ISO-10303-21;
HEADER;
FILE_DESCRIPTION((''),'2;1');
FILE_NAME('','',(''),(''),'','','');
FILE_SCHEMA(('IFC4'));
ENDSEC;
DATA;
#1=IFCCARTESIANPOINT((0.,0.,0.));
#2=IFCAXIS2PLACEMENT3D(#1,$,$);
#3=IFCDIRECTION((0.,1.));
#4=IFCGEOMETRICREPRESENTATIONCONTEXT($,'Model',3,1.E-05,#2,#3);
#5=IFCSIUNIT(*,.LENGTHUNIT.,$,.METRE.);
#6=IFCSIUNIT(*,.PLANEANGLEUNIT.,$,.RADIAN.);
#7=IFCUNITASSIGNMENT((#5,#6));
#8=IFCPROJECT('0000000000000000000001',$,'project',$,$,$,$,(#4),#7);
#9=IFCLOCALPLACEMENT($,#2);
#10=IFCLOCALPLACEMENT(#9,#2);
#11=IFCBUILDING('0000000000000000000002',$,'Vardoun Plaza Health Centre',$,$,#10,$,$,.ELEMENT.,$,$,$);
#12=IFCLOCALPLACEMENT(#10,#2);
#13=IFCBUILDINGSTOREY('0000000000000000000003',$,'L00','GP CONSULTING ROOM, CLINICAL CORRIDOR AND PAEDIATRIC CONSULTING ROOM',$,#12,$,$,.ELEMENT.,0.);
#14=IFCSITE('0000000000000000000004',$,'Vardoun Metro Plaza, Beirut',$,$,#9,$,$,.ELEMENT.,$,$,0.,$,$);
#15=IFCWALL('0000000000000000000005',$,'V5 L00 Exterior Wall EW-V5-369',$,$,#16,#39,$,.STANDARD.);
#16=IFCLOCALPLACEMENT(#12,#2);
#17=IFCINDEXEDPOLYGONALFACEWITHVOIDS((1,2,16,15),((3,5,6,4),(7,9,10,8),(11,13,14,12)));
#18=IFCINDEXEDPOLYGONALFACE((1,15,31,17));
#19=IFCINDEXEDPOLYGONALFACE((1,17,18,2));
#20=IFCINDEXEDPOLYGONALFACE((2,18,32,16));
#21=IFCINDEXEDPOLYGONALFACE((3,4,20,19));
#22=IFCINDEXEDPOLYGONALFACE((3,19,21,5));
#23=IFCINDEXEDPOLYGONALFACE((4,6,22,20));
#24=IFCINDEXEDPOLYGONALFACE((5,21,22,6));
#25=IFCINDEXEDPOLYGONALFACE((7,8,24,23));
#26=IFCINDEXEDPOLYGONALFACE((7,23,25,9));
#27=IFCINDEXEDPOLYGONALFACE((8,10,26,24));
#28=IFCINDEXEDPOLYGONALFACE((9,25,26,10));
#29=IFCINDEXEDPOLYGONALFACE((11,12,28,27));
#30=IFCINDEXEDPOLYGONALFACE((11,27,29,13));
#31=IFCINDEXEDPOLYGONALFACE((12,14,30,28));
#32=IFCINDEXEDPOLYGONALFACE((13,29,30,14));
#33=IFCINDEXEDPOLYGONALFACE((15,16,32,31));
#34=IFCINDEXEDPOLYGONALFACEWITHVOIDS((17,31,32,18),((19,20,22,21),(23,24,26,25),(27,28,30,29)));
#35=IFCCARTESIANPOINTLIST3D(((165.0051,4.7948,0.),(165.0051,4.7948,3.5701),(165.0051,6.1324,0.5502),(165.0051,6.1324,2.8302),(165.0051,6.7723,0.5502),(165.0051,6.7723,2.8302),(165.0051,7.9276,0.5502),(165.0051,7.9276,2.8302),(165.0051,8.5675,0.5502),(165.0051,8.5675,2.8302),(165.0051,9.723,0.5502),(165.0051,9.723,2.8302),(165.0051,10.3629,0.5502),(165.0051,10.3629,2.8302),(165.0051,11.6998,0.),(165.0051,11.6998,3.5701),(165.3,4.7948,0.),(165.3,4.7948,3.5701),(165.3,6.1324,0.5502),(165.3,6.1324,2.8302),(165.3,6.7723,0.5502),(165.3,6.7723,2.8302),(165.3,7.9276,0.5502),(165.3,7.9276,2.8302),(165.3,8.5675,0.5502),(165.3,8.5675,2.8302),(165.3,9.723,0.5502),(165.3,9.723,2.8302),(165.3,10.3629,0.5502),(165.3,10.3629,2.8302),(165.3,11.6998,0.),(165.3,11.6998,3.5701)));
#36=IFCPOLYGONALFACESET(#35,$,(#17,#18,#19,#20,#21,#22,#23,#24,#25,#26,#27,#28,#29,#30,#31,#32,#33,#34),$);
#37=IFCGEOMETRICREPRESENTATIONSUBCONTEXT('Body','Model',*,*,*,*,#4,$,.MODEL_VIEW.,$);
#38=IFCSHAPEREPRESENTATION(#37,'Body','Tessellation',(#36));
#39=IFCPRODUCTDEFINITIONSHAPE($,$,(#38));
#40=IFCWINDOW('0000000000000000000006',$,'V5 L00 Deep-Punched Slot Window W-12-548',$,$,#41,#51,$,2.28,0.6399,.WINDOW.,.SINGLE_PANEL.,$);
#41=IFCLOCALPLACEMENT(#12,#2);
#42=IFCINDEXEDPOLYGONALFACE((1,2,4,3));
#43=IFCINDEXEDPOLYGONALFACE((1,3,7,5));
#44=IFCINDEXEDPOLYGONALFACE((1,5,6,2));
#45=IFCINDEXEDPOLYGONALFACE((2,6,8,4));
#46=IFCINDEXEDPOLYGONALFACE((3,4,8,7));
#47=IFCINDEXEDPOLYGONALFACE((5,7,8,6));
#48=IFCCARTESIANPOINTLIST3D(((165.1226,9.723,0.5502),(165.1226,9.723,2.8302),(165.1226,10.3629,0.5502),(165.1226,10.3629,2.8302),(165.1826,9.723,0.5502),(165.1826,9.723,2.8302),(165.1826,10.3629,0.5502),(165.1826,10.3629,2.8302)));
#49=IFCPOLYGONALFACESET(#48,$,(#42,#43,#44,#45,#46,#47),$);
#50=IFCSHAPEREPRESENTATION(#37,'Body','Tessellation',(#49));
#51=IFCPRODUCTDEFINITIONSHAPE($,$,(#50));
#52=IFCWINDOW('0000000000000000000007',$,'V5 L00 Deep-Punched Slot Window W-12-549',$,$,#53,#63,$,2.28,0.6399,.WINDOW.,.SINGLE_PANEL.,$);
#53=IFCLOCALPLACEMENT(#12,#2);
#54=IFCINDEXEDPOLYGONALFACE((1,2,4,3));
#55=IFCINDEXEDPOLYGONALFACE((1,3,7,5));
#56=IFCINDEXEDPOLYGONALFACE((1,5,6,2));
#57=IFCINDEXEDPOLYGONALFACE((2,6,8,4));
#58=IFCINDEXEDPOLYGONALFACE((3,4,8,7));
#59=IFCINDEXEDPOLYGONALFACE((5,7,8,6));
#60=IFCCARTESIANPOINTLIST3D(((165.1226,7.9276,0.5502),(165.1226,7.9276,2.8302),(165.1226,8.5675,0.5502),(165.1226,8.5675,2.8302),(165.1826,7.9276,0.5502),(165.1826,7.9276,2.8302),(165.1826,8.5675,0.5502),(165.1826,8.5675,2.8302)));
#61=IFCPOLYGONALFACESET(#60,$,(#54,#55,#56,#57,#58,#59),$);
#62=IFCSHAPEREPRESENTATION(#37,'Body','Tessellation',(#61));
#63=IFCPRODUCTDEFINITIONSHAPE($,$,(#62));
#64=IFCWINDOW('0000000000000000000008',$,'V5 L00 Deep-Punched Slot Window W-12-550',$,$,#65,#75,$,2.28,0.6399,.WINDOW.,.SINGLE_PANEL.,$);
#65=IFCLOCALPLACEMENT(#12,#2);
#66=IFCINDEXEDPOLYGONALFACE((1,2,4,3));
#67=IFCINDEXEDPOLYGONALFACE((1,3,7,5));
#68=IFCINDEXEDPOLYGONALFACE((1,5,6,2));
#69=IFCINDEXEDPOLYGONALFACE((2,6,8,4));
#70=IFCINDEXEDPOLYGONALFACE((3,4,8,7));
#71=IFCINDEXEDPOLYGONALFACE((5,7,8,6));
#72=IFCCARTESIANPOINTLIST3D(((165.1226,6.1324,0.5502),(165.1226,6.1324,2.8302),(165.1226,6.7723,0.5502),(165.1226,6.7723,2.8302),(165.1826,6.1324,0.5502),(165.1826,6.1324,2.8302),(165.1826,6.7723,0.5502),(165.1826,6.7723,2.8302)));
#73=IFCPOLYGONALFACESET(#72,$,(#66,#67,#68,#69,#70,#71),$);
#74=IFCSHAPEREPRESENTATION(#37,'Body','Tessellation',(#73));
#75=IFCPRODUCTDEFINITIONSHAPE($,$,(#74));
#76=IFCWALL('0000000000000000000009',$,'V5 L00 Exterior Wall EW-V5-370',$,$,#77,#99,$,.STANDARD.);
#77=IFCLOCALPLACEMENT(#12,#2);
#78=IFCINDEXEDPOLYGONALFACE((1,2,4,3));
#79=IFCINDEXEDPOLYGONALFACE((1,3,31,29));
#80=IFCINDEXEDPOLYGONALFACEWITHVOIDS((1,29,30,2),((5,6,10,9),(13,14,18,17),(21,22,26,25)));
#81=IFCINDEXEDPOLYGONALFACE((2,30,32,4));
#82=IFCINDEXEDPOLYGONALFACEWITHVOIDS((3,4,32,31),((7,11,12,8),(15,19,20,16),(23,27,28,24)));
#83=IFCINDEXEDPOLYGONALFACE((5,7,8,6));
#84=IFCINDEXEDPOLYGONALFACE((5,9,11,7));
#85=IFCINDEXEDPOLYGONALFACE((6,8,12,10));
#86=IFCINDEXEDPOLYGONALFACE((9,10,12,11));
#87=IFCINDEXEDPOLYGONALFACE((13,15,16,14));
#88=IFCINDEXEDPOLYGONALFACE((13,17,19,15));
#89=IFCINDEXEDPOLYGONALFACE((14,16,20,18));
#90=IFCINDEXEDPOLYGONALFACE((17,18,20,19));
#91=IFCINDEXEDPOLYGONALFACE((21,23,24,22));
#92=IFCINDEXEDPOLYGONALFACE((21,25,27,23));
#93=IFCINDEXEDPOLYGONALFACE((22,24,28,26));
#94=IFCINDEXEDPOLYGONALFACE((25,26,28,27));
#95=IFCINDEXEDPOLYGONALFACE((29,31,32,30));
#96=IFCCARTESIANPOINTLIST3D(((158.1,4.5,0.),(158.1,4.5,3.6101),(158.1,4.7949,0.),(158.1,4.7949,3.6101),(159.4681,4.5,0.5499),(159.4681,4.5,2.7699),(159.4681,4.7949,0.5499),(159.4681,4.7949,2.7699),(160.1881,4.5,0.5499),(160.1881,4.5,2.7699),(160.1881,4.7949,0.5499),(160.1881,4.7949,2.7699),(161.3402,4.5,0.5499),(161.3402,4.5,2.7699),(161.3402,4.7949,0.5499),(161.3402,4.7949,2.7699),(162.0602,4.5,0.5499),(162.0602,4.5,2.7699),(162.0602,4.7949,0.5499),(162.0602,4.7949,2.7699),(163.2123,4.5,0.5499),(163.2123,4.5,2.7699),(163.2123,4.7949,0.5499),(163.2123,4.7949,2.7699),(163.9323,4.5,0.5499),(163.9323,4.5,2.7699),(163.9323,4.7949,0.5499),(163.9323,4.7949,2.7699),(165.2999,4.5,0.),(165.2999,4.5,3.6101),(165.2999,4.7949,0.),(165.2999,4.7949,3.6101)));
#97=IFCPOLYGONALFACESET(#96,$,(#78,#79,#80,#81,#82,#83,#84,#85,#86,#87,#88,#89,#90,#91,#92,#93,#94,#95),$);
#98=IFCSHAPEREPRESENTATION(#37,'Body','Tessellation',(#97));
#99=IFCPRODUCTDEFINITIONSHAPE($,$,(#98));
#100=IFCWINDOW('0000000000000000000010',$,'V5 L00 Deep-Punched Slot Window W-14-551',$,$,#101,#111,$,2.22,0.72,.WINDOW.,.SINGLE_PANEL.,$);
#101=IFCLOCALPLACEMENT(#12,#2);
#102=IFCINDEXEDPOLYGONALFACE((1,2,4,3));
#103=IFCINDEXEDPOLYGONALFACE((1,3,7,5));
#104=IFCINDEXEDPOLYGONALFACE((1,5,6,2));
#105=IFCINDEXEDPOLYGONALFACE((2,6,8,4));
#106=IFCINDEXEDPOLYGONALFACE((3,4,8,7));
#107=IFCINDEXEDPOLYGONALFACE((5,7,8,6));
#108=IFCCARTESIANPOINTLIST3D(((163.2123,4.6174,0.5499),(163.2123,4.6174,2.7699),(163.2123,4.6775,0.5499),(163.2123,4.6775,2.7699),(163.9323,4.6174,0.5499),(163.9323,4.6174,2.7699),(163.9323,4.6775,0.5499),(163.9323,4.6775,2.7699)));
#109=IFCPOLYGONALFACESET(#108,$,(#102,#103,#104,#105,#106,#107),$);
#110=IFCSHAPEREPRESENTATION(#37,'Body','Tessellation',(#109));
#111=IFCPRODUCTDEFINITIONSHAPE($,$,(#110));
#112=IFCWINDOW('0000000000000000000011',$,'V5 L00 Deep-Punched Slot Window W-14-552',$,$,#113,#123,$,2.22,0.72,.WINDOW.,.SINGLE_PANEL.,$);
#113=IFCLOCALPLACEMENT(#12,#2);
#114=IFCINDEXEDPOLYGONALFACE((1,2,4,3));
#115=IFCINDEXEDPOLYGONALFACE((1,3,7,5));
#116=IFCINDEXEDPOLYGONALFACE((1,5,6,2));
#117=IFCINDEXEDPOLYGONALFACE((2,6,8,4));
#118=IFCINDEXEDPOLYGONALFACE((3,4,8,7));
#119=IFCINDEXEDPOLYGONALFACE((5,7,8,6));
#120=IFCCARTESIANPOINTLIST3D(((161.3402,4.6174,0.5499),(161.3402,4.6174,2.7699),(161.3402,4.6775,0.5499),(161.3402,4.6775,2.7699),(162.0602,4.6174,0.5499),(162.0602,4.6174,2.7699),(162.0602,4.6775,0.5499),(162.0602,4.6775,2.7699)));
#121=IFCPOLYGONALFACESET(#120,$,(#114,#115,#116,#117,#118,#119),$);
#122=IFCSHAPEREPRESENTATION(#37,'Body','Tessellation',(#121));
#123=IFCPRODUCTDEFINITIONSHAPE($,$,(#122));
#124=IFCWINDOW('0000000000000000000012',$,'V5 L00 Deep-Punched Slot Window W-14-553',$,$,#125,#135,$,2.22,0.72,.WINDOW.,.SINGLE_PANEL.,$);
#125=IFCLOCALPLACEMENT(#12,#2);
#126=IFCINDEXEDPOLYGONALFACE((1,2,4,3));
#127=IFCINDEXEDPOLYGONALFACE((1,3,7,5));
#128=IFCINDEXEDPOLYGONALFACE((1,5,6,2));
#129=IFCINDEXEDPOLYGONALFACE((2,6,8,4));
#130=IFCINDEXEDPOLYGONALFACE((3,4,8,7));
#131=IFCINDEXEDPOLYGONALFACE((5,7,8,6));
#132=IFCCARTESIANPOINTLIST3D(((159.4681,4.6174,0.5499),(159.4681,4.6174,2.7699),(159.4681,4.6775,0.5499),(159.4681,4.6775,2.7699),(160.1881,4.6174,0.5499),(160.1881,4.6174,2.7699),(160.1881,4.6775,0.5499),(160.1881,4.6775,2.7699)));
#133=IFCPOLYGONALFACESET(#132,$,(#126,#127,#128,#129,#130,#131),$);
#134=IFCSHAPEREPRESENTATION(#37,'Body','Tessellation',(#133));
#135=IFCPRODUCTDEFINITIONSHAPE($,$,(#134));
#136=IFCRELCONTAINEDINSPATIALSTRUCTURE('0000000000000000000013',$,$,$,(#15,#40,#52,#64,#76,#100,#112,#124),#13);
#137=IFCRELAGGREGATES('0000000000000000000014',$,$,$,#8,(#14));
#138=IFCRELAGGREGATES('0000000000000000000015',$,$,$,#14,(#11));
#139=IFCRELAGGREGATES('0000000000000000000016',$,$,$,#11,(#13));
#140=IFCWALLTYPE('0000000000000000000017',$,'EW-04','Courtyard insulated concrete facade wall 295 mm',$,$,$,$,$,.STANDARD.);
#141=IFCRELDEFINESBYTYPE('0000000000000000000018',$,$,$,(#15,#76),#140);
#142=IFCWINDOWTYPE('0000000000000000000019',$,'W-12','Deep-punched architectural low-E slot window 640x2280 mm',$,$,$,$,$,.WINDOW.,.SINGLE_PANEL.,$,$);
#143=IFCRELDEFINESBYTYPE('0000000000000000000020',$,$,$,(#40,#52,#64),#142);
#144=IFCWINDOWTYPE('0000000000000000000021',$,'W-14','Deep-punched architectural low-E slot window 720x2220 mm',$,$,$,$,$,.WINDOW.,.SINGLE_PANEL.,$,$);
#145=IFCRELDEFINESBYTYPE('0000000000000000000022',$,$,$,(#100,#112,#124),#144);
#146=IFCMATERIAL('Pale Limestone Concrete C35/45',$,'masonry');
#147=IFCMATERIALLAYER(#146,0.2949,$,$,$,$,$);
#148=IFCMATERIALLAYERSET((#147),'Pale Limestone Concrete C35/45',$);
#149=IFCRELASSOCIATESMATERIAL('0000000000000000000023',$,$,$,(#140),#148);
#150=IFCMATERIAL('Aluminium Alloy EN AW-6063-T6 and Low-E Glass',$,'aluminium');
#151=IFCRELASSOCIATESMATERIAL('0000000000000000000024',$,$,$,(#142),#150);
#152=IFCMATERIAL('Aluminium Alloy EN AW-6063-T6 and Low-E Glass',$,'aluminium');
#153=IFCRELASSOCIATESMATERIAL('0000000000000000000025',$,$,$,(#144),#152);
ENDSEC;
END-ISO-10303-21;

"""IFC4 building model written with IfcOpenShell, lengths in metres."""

from ifc_helpers import new_model, si_unit, direction, frame, frame_2d, origin, place, context, subcontext, project, spatial, rectangle, extrude, material, layer, layer_set, type_object, element, fill, save


model = new_model("IFC4")

# Units and contexts
model_context = context("Model", 3, precision=1e-05, world=origin(), true_north=direction((0.0, 1.0)))
body_context = subcontext(model_context, "Body", "Model", "MODEL_VIEW")
ifc_project = project(units=[si_unit("LENGTHUNIT", "METRE"), si_unit("PLANEANGLEUNIT", "RADIAN")], contexts=[model_context])

# Site, building, storey
site_placement = place(None, origin())
site = spatial("IfcSite", under=ifc_project, at=site_placement, Name="Vardoun Metro Plaza, Beirut", CompositionType="ELEMENT", RefElevation=0.0)
building_placement = place(site_placement, origin())
building = spatial("IfcBuilding", under=site, at=building_placement, Name="Vardoun Plaza Health Centre", CompositionType="ELEMENT")
storey_placement = place(building_placement, origin())
storey = spatial("IfcBuildingStorey", under=building, at=storey_placement, Name="L00", Description="GP CONSULTING ROOM, CLINICAL CORRIDOR AND PAEDIATRIC CONSULTING ROOM", CompositionType="ELEMENT", Elevation=0.0)

# Walls, openings, windows
ifc_material_1 = material(Name="Pale Limestone Concrete C35/45", Category="masonry")
ifc_layer = layer(ifc_material_1, 0.2949)
ifc_layer_set = layer_set([ifc_layer], Name="Pale Limestone Concrete C35/45")
wall_type = type_object("IfcWallType", Name="EW-04", Description="Courtyard insulated concrete facade wall 295 mm", PredefinedType="STANDARD", material=ifc_layer_set)
wall_1_placement = place(storey_placement, frame((165.1526, 11.7, 0.0), z_axis=(0.0, 0.0, 1.0), x_axis=(0.0, -1.0, 0.0)))
wall_1 = element("IfcWall", 1, at=wall_1_placement, inside=storey, type_object=wall_type, Name="V5 L00 Exterior Wall EW-V5-369", PredefinedType="STANDARD", context=body_context, shape_type="SweptSolid", body=[
    extrude(rectangle(XDim=6.905, YDim=0.2949, at=frame_2d((3.4526, 0.0))), origin(), (0.0, 0.0, 1.0), 3.5701),
])
opening_1_placement = place(wall_1_placement, frame((1.3372, 0.0, 0.55)))
opening_1 = element("IfcOpeningElement", 2, at=opening_1_placement, cuts=wall_1, PredefinedType="OPENING", context=body_context, shape_type="SweptSolid", body=[
    extrude(rectangle(XDim=0.6399, YDim=2.28, at=frame_2d((0.3198, 1.1401))), frame((0.0, 0.1475, 0.0), z_axis=(0.0, -1.0, 0.0), x_axis=(1.0, 0.0, 0.0)), (0.0, 0.0, 1.0), 0.2949),
])
opening_2_placement = place(wall_1_placement, frame((3.1326, 0.0, 0.55)))
opening_2 = element("IfcOpeningElement", 3, at=opening_2_placement, cuts=wall_1, PredefinedType="OPENING", context=body_context, shape_type="SweptSolid", body=[
    extrude(rectangle(XDim=0.6399, YDim=2.28, at=frame_2d((0.3198, 1.1401))), frame((0.0, 0.1475, 0.0), z_axis=(0.0, -1.0, 0.0), x_axis=(1.0, 0.0, 0.0)), (0.0, 0.0, 1.0), 0.2949),
])
opening_3_placement = place(wall_1_placement, frame((4.9277, 0.0, 0.55)))
opening_3 = element("IfcOpeningElement", 4, at=opening_3_placement, cuts=wall_1, PredefinedType="OPENING", context=body_context, shape_type="SweptSolid", body=[
    extrude(rectangle(XDim=0.6399, YDim=2.28, at=frame_2d((0.3198, 1.1401))), frame((0.0, 0.1475, 0.0), z_axis=(0.0, -1.0, 0.0), x_axis=(1.0, 0.0, 0.0)), (0.0, 0.0, 1.0), 0.2949),
])
ifc_material_2 = material(Name="Aluminium Alloy EN AW-6063-T6 and Low-E Glass", Category="aluminium")
window_type_1 = type_object("IfcWindowType", Name="W-12", Description="Deep-punched architectural low-E slot window 640x2280 mm", PartitioningType="SINGLE_PANEL", PredefinedType="WINDOW", material=ifc_material_2)
window_1_placement = place(opening_1_placement, origin())
window_1 = element("IfcWindow", 5, at=window_1_placement, inside=storey, type_object=window_type_1, Name="V5 L00 Deep-Punched Slot Window W-12-548", OverallHeight=2.28, OverallWidth=0.6399, PartitioningType="SINGLE_PANEL", PredefinedType="WINDOW", context=body_context, shape_type="SweptSolid", body=[
    extrude(rectangle(XDim=0.6399, YDim=2.28, at=frame_2d((0.3198, 1.1401))), frame((0.0, 0.03, 0.0), z_axis=(0.0, -1.0, 0.0), x_axis=(1.0, 0.0, 0.0)), (0.0, 0.0, 1.0), 0.0601),
])
fill(opening_1, window_1)
window_2_placement = place(opening_2_placement, origin())
window_2 = element("IfcWindow", 6, at=window_2_placement, inside=storey, type_object=window_type_1, Name="V5 L00 Deep-Punched Slot Window W-12-549", OverallHeight=2.28, OverallWidth=0.6399, PartitioningType="SINGLE_PANEL", PredefinedType="WINDOW", context=body_context, shape_type="SweptSolid", body=[
    extrude(rectangle(XDim=0.6399, YDim=2.28, at=frame_2d((0.3198, 1.1401))), frame((0.0, 0.03, 0.0), z_axis=(0.0, -1.0, 0.0), x_axis=(1.0, 0.0, 0.0)), (0.0, 0.0, 1.0), 0.0601),
])
fill(opening_2, window_2)
window_3_placement = place(opening_3_placement, origin())
window_3 = element("IfcWindow", 7, at=window_3_placement, inside=storey, type_object=window_type_1, Name="V5 L00 Deep-Punched Slot Window W-12-550", OverallHeight=2.28, OverallWidth=0.6399, PartitioningType="SINGLE_PANEL", PredefinedType="WINDOW", context=body_context, shape_type="SweptSolid", body=[
    extrude(rectangle(XDim=0.6399, YDim=2.28, at=frame_2d((0.3198, 1.1401))), frame((0.0, 0.03, 0.0), z_axis=(0.0, -1.0, 0.0), x_axis=(1.0, 0.0, 0.0)), (0.0, 0.0, 1.0), 0.0601),
])
fill(opening_3, window_3)
wall_2_placement = place(storey_placement, frame((165.3, 4.6475, 0.0), z_axis=(0.0, 0.0, 1.0), x_axis=(-1.0, 0.0, 0.0)))
wall_2 = element("IfcWall", 8, at=wall_2_placement, inside=storey, type_object=wall_type, Name="V5 L00 Exterior Wall EW-V5-370", PredefinedType="STANDARD", context=body_context, shape_type="SweptSolid", body=[
    extrude(rectangle(XDim=7.2, YDim=0.2949, at=frame_2d((3.6001, 0.0))), origin(), (0.0, 0.0, 1.0), 3.6101),
])
opening_4_placement = place(wall_2_placement, frame((1.3679, 0.0, 0.55)))
opening_4 = element("IfcOpeningElement", 9, at=opening_4_placement, cuts=wall_2, PredefinedType="OPENING", context=body_context, shape_type="SweptSolid", body=[
    extrude(rectangle(XDim=0.72, YDim=2.22, at=frame_2d((0.3599, 1.1099))), frame((0.0, 0.1475, 0.0), z_axis=(0.0, -1.0, 0.0), x_axis=(1.0, 0.0, 0.0)), (0.0, 0.0, 1.0), 0.2949),
])
opening_5_placement = place(wall_2_placement, frame((3.24, 0.0, 0.55)))
opening_5 = element("IfcOpeningElement", 10, at=opening_5_placement, cuts=wall_2, PredefinedType="OPENING", context=body_context, shape_type="SweptSolid", body=[
    extrude(rectangle(XDim=0.72, YDim=2.22, at=frame_2d((0.3599, 1.1099))), frame((0.0, 0.1475, 0.0), z_axis=(0.0, -1.0, 0.0), x_axis=(1.0, 0.0, 0.0)), (0.0, 0.0, 1.0), 0.2949),
])
opening_6_placement = place(wall_2_placement, frame((5.1121, 0.0, 0.55)))
opening_6 = element("IfcOpeningElement", 11, at=opening_6_placement, cuts=wall_2, PredefinedType="OPENING", context=body_context, shape_type="SweptSolid", body=[
    extrude(rectangle(XDim=0.72, YDim=2.22, at=frame_2d((0.3599, 1.1099))), frame((0.0, 0.1475, 0.0), z_axis=(0.0, -1.0, 0.0), x_axis=(1.0, 0.0, 0.0)), (0.0, 0.0, 1.0), 0.2949),
])
ifc_material_3 = material(Name="Aluminium Alloy EN AW-6063-T6 and Low-E Glass", Category="aluminium")
window_type_2 = type_object("IfcWindowType", Name="W-14", Description="Deep-punched architectural low-E slot window 720x2220 mm", PartitioningType="SINGLE_PANEL", PredefinedType="WINDOW", material=ifc_material_3)
window_4_placement = place(opening_4_placement, origin())
window_4 = element("IfcWindow", 12, at=window_4_placement, inside=storey, type_object=window_type_2, Name="V5 L00 Deep-Punched Slot Window W-14-551", OverallHeight=2.22, OverallWidth=0.72, PartitioningType="SINGLE_PANEL", PredefinedType="WINDOW", context=body_context, shape_type="SweptSolid", body=[
    extrude(rectangle(XDim=0.72, YDim=2.22, at=frame_2d((0.3599, 1.1099))), frame((0.0, 0.03, 0.0), z_axis=(0.0, -1.0, 0.0), x_axis=(1.0, 0.0, 0.0)), (0.0, 0.0, 1.0), 0.0601),
])
fill(opening_4, window_4)
window_5_placement = place(opening_5_placement, origin())
window_5 = element("IfcWindow", 13, at=window_5_placement, inside=storey, type_object=window_type_2, Name="V5 L00 Deep-Punched Slot Window W-14-552", OverallHeight=2.22, OverallWidth=0.72, PartitioningType="SINGLE_PANEL", PredefinedType="WINDOW", context=body_context, shape_type="SweptSolid", body=[
    extrude(rectangle(XDim=0.72, YDim=2.22, at=frame_2d((0.3599, 1.1099))), frame((0.0, 0.03, 0.0), z_axis=(0.0, -1.0, 0.0), x_axis=(1.0, 0.0, 0.0)), (0.0, 0.0, 1.0), 0.0601),
])
fill(opening_5, window_5)
window_6_placement = place(opening_6_placement, origin())
window_6 = element("IfcWindow", 14, at=window_6_placement, inside=storey, type_object=window_type_2, Name="V5 L00 Deep-Punched Slot Window W-14-553", OverallHeight=2.22, OverallWidth=0.72, PartitioningType="SINGLE_PANEL", PredefinedType="WINDOW", context=body_context, shape_type="SweptSolid", body=[
    extrude(rectangle(XDim=0.72, YDim=2.22, at=frame_2d((0.3599, 1.1099))), frame((0.0, 0.03, 0.0), z_axis=(0.0, -1.0, 0.0), x_axis=(1.0, 0.0, 0.0)), (0.0, 0.0, 1.0), 0.0601),
])
fill(opening_6, window_6)

save(model, "model.ifc")
